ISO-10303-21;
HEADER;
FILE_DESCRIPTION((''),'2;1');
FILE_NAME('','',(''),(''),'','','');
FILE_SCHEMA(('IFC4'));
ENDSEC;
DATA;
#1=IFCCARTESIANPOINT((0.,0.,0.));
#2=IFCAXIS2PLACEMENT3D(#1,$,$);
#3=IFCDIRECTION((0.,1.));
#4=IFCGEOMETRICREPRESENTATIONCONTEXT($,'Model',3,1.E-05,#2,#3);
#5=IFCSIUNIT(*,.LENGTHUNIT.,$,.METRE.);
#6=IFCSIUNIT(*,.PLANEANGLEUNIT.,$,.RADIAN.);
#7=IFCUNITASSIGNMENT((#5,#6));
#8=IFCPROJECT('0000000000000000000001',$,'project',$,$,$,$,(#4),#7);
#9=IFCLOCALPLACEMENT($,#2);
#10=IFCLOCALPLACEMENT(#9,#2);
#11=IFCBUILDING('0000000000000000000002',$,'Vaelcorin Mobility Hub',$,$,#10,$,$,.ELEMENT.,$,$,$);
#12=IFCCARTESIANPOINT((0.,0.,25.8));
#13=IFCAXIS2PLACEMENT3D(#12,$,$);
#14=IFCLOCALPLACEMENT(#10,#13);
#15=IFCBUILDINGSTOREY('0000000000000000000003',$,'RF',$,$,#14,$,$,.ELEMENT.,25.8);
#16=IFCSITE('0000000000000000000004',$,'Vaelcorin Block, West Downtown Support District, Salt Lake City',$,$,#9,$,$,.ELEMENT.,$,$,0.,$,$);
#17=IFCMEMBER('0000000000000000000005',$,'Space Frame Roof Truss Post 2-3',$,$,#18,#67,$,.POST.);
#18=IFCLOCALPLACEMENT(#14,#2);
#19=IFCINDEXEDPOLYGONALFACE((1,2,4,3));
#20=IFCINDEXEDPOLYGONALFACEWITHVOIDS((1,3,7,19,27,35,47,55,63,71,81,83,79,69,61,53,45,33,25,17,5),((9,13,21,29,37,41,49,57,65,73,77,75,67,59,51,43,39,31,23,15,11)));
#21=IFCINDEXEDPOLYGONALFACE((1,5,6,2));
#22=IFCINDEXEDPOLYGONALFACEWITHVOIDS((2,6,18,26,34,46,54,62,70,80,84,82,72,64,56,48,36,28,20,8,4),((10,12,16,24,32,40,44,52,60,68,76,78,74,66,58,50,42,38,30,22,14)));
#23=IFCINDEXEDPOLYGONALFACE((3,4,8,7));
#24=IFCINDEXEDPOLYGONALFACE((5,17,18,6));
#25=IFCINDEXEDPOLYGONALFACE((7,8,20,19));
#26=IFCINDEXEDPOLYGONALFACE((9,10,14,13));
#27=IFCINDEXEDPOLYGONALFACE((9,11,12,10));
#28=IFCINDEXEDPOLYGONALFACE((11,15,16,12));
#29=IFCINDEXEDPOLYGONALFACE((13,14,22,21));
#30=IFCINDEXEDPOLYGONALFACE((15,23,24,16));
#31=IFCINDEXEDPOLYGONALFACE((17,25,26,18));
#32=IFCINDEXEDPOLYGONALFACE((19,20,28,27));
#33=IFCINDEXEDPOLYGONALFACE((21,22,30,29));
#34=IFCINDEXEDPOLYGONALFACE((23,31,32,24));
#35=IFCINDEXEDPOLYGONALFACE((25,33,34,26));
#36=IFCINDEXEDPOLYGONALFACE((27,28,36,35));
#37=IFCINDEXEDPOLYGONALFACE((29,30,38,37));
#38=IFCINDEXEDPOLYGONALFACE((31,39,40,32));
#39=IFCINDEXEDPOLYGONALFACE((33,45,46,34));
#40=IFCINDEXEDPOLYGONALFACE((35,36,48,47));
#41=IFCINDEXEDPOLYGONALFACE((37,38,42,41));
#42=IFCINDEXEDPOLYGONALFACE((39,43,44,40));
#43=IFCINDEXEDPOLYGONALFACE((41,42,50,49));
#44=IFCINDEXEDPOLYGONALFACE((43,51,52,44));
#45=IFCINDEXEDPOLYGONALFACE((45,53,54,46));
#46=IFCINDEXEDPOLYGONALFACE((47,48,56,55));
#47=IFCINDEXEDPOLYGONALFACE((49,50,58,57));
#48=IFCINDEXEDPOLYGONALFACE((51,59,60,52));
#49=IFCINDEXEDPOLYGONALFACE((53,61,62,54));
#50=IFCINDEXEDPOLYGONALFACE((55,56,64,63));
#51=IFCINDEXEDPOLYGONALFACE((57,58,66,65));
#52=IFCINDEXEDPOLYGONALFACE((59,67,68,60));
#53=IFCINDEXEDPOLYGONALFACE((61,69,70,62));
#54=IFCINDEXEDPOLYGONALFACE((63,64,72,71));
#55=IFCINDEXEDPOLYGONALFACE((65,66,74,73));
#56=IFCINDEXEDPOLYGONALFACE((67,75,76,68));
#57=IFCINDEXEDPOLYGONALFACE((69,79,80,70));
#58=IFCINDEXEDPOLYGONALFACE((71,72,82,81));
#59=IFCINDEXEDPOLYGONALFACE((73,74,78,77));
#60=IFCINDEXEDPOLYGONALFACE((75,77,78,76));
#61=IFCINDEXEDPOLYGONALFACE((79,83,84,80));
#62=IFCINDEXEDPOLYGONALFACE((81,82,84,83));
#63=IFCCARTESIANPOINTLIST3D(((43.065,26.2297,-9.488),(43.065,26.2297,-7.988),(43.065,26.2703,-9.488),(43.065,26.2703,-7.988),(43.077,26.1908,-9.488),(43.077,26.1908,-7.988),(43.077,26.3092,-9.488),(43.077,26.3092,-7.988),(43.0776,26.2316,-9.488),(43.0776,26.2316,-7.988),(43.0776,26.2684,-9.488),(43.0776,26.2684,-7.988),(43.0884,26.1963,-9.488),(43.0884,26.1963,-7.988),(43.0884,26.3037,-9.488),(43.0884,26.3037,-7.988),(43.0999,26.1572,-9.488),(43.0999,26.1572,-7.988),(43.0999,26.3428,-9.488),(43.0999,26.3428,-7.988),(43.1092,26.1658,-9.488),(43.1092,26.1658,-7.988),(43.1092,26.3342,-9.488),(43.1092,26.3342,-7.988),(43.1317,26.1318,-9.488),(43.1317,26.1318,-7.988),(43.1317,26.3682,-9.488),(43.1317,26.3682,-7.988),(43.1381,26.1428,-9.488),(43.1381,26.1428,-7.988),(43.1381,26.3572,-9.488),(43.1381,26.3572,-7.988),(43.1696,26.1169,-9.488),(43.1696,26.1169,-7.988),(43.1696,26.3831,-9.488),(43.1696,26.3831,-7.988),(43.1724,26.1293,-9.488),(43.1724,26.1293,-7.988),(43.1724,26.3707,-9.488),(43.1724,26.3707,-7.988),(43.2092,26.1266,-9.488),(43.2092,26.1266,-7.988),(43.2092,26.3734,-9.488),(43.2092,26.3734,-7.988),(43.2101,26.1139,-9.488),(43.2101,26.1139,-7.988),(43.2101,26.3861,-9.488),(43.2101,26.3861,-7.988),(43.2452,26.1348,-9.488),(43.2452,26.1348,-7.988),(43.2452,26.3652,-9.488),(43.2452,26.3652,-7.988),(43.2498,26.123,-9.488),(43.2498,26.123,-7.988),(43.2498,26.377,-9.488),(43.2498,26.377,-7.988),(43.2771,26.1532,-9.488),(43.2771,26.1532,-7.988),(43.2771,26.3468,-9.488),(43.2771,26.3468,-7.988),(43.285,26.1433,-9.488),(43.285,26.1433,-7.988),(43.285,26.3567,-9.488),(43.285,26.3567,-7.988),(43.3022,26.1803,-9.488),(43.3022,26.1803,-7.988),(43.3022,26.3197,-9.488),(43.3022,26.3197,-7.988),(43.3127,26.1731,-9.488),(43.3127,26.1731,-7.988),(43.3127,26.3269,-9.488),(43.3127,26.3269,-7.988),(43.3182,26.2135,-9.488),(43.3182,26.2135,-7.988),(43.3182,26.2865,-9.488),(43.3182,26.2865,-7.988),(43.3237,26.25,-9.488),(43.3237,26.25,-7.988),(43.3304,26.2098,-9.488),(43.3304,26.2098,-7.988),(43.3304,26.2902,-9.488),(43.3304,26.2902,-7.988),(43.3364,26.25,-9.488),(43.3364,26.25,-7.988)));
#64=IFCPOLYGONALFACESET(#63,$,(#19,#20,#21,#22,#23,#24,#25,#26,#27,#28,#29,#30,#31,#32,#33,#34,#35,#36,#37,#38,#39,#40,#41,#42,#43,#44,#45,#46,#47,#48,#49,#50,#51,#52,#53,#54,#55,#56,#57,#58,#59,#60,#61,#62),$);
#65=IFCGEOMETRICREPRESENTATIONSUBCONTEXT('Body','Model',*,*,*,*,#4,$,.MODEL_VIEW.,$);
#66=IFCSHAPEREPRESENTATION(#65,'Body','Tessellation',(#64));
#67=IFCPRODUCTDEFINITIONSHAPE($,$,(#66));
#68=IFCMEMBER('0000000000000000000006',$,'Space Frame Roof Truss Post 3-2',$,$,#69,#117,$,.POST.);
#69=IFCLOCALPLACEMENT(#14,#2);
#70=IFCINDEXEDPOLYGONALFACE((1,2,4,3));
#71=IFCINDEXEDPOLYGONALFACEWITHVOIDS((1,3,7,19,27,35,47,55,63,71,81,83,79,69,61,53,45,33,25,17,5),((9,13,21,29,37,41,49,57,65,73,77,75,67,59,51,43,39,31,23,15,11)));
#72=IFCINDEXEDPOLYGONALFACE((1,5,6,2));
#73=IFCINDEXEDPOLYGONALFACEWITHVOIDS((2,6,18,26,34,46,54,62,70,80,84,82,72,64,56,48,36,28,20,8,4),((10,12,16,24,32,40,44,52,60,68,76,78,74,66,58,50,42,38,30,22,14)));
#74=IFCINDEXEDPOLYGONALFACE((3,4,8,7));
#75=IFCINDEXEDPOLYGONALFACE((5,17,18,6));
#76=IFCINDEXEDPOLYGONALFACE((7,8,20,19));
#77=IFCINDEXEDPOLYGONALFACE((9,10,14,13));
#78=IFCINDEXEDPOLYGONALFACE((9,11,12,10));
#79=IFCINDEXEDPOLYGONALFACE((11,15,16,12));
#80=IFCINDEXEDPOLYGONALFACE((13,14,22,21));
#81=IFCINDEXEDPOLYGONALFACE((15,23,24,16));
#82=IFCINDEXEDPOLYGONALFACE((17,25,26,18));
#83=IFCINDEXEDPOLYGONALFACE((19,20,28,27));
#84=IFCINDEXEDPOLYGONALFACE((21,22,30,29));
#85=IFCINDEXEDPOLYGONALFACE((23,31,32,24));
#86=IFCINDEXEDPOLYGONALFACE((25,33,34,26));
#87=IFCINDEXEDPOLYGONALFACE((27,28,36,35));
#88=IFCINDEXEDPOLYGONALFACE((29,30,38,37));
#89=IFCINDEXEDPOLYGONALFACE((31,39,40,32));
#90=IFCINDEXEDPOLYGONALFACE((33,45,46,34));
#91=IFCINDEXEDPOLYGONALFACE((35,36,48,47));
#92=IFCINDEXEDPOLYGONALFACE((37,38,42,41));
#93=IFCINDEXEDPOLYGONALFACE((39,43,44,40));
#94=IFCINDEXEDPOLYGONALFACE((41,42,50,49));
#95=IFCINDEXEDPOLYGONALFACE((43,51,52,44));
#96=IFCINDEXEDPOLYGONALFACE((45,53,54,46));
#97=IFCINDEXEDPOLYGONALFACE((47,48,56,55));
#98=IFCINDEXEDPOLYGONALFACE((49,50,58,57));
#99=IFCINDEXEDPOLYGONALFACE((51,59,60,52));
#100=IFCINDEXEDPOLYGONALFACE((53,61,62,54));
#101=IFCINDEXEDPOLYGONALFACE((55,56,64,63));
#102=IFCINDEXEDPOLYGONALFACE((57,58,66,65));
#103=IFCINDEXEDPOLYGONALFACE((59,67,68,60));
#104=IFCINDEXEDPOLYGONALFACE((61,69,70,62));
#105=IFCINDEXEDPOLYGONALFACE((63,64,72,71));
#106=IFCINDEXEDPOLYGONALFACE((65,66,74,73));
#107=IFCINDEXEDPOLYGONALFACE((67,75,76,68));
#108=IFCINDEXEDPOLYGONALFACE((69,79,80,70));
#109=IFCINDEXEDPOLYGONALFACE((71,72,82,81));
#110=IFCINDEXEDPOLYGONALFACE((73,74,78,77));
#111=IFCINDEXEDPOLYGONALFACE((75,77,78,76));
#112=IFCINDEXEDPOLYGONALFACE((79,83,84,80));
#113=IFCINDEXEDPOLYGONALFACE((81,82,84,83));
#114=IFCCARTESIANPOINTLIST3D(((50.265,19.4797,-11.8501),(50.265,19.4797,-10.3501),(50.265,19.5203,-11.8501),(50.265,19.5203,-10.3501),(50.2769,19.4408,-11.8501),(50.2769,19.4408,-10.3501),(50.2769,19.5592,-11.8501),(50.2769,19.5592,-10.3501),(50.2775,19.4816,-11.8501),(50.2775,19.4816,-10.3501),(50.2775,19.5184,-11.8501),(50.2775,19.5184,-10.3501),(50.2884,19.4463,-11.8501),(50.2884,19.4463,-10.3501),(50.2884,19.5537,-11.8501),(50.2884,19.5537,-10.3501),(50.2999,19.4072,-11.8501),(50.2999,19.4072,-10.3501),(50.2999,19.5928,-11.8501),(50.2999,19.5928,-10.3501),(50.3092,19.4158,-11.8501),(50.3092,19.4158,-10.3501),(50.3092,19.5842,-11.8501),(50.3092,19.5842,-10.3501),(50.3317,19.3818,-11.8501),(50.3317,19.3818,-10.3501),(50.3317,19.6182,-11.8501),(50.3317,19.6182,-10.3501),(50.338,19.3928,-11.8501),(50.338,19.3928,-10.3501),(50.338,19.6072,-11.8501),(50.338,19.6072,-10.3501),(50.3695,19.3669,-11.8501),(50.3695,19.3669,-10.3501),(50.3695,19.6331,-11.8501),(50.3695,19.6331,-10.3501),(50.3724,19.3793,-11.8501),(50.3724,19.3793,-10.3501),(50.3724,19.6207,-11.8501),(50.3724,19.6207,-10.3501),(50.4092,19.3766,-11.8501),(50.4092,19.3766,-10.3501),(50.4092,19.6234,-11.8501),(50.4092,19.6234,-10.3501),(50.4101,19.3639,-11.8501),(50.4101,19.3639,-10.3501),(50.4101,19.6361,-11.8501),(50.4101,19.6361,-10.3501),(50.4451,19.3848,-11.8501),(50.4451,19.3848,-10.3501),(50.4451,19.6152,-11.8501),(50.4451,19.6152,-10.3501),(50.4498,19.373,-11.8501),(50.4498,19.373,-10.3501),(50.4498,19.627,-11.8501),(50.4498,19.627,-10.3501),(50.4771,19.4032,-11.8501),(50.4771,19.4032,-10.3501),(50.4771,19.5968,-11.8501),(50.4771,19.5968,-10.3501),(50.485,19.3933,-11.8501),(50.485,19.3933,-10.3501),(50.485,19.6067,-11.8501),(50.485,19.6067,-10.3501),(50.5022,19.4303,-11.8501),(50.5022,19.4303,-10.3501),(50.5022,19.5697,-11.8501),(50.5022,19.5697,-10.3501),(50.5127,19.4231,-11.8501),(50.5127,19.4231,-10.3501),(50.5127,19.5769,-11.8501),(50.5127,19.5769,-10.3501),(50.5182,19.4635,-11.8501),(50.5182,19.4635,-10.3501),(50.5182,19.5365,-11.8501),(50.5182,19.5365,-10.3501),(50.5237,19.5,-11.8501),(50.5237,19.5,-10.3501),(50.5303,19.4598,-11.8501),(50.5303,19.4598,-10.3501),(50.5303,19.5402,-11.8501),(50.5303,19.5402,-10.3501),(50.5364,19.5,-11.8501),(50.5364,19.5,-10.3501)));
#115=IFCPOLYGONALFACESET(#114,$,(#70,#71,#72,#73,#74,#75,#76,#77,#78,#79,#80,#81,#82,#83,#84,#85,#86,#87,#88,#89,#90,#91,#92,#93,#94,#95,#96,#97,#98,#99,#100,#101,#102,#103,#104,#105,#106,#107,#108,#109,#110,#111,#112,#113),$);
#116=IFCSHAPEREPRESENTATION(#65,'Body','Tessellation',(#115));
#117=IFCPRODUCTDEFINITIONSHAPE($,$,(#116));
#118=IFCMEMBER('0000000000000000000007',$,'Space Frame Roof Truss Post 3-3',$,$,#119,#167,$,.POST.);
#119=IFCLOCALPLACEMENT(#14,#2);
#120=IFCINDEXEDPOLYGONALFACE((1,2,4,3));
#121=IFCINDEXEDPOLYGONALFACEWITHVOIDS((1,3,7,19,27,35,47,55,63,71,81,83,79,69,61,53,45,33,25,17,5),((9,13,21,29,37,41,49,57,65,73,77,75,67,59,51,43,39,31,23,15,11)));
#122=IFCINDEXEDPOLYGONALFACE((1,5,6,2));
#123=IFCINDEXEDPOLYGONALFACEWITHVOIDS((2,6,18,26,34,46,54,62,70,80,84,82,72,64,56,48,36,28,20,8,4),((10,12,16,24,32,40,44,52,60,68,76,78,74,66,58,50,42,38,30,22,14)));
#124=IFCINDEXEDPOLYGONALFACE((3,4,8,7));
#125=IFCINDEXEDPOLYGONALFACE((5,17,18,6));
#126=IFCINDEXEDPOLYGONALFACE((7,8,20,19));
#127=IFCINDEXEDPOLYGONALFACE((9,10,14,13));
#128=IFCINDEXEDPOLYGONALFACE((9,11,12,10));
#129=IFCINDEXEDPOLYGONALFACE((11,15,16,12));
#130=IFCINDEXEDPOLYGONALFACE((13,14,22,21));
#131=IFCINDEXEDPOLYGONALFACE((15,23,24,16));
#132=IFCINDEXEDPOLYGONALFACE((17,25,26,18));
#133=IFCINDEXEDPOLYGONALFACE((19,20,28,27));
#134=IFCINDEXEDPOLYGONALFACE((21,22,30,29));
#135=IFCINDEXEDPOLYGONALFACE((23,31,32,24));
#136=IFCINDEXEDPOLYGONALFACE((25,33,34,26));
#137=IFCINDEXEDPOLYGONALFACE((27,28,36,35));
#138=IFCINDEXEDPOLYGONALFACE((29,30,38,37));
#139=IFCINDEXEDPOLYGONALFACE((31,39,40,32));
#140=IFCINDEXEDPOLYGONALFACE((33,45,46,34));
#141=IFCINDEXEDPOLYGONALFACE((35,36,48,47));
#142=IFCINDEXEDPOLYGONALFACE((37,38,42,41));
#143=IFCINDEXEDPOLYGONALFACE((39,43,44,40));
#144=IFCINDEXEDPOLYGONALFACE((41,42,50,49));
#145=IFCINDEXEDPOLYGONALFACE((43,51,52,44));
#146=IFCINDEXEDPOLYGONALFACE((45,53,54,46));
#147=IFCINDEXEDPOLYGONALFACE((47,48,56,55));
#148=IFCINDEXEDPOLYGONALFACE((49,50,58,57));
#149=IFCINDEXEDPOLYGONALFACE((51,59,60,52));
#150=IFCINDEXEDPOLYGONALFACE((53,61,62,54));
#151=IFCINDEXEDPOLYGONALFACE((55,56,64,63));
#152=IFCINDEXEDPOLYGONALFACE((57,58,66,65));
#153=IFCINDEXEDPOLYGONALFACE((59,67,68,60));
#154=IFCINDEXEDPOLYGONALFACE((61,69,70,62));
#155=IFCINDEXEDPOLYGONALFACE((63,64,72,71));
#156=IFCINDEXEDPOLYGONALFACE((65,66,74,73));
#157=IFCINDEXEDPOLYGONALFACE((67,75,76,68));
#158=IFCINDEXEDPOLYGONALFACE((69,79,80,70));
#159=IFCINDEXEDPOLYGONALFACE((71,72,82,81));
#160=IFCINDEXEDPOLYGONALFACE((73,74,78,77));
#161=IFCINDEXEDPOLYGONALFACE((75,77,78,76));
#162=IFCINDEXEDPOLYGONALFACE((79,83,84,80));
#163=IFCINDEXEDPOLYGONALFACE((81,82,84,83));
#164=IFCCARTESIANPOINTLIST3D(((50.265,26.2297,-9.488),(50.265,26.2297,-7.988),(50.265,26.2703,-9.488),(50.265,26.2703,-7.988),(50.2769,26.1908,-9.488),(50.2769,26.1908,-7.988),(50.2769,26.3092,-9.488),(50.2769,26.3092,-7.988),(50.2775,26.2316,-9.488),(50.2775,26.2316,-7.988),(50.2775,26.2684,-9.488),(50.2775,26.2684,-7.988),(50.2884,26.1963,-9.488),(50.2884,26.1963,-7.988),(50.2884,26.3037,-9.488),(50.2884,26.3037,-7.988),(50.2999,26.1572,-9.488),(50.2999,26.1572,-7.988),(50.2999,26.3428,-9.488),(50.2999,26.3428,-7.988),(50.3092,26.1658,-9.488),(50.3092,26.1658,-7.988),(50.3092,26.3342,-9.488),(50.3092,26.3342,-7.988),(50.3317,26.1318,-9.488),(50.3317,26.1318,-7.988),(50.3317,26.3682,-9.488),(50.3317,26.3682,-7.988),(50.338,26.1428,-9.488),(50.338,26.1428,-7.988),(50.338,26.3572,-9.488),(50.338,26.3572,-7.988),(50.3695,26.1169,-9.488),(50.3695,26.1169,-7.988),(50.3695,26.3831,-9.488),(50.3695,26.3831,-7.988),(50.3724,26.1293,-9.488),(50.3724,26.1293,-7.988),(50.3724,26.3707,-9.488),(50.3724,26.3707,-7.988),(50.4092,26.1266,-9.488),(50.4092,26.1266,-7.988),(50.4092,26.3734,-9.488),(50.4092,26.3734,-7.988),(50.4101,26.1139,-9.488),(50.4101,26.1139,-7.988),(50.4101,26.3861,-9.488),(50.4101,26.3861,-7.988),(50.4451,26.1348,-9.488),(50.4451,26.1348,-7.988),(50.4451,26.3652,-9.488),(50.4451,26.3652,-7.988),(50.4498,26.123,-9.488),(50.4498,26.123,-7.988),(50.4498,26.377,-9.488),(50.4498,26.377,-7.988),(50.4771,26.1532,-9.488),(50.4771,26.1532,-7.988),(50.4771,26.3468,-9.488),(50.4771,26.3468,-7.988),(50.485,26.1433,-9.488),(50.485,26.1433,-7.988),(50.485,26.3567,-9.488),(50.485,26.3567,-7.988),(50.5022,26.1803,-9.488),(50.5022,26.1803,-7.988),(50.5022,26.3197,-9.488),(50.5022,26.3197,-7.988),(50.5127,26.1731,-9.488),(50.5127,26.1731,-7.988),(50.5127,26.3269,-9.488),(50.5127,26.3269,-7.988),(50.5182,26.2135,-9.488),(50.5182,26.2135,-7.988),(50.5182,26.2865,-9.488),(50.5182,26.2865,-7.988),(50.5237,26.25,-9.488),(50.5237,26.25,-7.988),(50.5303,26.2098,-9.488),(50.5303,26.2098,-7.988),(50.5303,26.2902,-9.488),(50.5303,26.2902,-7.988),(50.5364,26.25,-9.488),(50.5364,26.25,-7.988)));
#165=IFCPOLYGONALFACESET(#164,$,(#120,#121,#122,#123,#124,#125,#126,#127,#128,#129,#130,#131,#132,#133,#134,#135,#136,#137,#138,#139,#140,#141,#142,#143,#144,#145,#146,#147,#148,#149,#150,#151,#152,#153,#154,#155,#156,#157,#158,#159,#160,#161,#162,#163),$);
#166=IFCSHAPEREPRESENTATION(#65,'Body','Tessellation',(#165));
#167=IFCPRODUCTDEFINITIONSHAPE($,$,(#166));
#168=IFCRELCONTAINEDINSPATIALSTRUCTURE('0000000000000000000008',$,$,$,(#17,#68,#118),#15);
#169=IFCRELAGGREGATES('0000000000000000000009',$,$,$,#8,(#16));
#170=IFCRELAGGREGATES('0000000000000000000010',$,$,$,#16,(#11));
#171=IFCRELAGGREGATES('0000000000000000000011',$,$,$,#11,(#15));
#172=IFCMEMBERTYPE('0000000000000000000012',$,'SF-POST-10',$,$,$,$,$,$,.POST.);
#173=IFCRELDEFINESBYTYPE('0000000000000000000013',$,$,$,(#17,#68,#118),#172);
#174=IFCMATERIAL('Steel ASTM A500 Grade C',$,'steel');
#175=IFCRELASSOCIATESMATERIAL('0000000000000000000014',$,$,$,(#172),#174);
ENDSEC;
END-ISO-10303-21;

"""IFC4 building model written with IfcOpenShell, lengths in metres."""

from ifc_helpers import new_model, si_unit, direction, frame, origin, origin_2d, place, context, subcontext, project, spatial, hollow_circle, extrude, material, material_profile, profile_set, type_object, element, save


model = new_model("IFC4")

# Units and contexts
model_context = context("Model", 3, precision=1e-05, world=origin(), true_north=direction((0.0, 1.0)))
body_context = subcontext(model_context, "Body", "Model", "MODEL_VIEW")
ifc_project = project(units=[si_unit("LENGTHUNIT", "METRE"), si_unit("PLANEANGLEUNIT", "RADIAN")], contexts=[model_context])

# Site, building, storey
site_placement = place(None, origin())
site = spatial("IfcSite", under=ifc_project, at=site_placement, Name="Vaelcorin Block, West Downtown Support District, Salt Lake City", CompositionType="ELEMENT", RefElevation=0.0)
building_placement = place(site_placement, origin())
building = spatial("IfcBuilding", under=site, at=building_placement, Name="Vaelcorin Mobility Hub", CompositionType="ELEMENT")
storey_placement = place(building_placement, frame((0.0, 0.0, 25.8)))
storey = spatial("IfcBuildingStorey", under=building, at=storey_placement, Name="RF", CompositionType="ELEMENT", Elevation=25.8)

# Members
ifc_material_1 = material(Name="Steel ASTM A500 Grade C", Category="steel")
ifc_material_profile_1 = material_profile(ifc_material_1, hollow_circle(Radius=0.1365, WallThickness=0.0127, at=origin_2d()), Name="HSS10.750X0.500")
ifc_profile_set_1 = profile_set([ifc_material_profile_1], Name="Steel ASTM A500 Grade C")
member_type_1 = type_object("IfcMemberType", Name="SF-POST-10", PredefinedType="POST", material=ifc_profile_set_1)
for number, where, z_axis, x_axis, name in (
    (1, (43.2, 26.25, -9.488), (0.0, 0.0, 1.0), (1.0, 0.0, 0.0), "Space Frame Roof Truss Post 2-3"),
    (2, (50.3999, 19.5, -11.8501), (0.0, 0.0, 1.0), (1.0, 0.0, 0.0), "Space Frame Roof Truss Post 3-2"),
    (3, (50.3999, 26.25, -9.488), (0.0, 0.0, 1.0), (1.0, 0.0, 0.0), "Space Frame Roof Truss Post 3-3"),
):
    element("IfcMember", number, at=place(storey_placement, frame(where, z_axis=z_axis, x_axis=x_axis)), inside=storey, type_object=member_type_1, Name=name, PredefinedType="POST", context=body_context, shape_type="SweptSolid", body=[
        extrude(hollow_circle(Radius=0.1365, WallThickness=0.0127, at=origin_2d()), origin(), (0.0, 0.0, 1.0), 1.5),
    ])

save(model, "model.ifc")
